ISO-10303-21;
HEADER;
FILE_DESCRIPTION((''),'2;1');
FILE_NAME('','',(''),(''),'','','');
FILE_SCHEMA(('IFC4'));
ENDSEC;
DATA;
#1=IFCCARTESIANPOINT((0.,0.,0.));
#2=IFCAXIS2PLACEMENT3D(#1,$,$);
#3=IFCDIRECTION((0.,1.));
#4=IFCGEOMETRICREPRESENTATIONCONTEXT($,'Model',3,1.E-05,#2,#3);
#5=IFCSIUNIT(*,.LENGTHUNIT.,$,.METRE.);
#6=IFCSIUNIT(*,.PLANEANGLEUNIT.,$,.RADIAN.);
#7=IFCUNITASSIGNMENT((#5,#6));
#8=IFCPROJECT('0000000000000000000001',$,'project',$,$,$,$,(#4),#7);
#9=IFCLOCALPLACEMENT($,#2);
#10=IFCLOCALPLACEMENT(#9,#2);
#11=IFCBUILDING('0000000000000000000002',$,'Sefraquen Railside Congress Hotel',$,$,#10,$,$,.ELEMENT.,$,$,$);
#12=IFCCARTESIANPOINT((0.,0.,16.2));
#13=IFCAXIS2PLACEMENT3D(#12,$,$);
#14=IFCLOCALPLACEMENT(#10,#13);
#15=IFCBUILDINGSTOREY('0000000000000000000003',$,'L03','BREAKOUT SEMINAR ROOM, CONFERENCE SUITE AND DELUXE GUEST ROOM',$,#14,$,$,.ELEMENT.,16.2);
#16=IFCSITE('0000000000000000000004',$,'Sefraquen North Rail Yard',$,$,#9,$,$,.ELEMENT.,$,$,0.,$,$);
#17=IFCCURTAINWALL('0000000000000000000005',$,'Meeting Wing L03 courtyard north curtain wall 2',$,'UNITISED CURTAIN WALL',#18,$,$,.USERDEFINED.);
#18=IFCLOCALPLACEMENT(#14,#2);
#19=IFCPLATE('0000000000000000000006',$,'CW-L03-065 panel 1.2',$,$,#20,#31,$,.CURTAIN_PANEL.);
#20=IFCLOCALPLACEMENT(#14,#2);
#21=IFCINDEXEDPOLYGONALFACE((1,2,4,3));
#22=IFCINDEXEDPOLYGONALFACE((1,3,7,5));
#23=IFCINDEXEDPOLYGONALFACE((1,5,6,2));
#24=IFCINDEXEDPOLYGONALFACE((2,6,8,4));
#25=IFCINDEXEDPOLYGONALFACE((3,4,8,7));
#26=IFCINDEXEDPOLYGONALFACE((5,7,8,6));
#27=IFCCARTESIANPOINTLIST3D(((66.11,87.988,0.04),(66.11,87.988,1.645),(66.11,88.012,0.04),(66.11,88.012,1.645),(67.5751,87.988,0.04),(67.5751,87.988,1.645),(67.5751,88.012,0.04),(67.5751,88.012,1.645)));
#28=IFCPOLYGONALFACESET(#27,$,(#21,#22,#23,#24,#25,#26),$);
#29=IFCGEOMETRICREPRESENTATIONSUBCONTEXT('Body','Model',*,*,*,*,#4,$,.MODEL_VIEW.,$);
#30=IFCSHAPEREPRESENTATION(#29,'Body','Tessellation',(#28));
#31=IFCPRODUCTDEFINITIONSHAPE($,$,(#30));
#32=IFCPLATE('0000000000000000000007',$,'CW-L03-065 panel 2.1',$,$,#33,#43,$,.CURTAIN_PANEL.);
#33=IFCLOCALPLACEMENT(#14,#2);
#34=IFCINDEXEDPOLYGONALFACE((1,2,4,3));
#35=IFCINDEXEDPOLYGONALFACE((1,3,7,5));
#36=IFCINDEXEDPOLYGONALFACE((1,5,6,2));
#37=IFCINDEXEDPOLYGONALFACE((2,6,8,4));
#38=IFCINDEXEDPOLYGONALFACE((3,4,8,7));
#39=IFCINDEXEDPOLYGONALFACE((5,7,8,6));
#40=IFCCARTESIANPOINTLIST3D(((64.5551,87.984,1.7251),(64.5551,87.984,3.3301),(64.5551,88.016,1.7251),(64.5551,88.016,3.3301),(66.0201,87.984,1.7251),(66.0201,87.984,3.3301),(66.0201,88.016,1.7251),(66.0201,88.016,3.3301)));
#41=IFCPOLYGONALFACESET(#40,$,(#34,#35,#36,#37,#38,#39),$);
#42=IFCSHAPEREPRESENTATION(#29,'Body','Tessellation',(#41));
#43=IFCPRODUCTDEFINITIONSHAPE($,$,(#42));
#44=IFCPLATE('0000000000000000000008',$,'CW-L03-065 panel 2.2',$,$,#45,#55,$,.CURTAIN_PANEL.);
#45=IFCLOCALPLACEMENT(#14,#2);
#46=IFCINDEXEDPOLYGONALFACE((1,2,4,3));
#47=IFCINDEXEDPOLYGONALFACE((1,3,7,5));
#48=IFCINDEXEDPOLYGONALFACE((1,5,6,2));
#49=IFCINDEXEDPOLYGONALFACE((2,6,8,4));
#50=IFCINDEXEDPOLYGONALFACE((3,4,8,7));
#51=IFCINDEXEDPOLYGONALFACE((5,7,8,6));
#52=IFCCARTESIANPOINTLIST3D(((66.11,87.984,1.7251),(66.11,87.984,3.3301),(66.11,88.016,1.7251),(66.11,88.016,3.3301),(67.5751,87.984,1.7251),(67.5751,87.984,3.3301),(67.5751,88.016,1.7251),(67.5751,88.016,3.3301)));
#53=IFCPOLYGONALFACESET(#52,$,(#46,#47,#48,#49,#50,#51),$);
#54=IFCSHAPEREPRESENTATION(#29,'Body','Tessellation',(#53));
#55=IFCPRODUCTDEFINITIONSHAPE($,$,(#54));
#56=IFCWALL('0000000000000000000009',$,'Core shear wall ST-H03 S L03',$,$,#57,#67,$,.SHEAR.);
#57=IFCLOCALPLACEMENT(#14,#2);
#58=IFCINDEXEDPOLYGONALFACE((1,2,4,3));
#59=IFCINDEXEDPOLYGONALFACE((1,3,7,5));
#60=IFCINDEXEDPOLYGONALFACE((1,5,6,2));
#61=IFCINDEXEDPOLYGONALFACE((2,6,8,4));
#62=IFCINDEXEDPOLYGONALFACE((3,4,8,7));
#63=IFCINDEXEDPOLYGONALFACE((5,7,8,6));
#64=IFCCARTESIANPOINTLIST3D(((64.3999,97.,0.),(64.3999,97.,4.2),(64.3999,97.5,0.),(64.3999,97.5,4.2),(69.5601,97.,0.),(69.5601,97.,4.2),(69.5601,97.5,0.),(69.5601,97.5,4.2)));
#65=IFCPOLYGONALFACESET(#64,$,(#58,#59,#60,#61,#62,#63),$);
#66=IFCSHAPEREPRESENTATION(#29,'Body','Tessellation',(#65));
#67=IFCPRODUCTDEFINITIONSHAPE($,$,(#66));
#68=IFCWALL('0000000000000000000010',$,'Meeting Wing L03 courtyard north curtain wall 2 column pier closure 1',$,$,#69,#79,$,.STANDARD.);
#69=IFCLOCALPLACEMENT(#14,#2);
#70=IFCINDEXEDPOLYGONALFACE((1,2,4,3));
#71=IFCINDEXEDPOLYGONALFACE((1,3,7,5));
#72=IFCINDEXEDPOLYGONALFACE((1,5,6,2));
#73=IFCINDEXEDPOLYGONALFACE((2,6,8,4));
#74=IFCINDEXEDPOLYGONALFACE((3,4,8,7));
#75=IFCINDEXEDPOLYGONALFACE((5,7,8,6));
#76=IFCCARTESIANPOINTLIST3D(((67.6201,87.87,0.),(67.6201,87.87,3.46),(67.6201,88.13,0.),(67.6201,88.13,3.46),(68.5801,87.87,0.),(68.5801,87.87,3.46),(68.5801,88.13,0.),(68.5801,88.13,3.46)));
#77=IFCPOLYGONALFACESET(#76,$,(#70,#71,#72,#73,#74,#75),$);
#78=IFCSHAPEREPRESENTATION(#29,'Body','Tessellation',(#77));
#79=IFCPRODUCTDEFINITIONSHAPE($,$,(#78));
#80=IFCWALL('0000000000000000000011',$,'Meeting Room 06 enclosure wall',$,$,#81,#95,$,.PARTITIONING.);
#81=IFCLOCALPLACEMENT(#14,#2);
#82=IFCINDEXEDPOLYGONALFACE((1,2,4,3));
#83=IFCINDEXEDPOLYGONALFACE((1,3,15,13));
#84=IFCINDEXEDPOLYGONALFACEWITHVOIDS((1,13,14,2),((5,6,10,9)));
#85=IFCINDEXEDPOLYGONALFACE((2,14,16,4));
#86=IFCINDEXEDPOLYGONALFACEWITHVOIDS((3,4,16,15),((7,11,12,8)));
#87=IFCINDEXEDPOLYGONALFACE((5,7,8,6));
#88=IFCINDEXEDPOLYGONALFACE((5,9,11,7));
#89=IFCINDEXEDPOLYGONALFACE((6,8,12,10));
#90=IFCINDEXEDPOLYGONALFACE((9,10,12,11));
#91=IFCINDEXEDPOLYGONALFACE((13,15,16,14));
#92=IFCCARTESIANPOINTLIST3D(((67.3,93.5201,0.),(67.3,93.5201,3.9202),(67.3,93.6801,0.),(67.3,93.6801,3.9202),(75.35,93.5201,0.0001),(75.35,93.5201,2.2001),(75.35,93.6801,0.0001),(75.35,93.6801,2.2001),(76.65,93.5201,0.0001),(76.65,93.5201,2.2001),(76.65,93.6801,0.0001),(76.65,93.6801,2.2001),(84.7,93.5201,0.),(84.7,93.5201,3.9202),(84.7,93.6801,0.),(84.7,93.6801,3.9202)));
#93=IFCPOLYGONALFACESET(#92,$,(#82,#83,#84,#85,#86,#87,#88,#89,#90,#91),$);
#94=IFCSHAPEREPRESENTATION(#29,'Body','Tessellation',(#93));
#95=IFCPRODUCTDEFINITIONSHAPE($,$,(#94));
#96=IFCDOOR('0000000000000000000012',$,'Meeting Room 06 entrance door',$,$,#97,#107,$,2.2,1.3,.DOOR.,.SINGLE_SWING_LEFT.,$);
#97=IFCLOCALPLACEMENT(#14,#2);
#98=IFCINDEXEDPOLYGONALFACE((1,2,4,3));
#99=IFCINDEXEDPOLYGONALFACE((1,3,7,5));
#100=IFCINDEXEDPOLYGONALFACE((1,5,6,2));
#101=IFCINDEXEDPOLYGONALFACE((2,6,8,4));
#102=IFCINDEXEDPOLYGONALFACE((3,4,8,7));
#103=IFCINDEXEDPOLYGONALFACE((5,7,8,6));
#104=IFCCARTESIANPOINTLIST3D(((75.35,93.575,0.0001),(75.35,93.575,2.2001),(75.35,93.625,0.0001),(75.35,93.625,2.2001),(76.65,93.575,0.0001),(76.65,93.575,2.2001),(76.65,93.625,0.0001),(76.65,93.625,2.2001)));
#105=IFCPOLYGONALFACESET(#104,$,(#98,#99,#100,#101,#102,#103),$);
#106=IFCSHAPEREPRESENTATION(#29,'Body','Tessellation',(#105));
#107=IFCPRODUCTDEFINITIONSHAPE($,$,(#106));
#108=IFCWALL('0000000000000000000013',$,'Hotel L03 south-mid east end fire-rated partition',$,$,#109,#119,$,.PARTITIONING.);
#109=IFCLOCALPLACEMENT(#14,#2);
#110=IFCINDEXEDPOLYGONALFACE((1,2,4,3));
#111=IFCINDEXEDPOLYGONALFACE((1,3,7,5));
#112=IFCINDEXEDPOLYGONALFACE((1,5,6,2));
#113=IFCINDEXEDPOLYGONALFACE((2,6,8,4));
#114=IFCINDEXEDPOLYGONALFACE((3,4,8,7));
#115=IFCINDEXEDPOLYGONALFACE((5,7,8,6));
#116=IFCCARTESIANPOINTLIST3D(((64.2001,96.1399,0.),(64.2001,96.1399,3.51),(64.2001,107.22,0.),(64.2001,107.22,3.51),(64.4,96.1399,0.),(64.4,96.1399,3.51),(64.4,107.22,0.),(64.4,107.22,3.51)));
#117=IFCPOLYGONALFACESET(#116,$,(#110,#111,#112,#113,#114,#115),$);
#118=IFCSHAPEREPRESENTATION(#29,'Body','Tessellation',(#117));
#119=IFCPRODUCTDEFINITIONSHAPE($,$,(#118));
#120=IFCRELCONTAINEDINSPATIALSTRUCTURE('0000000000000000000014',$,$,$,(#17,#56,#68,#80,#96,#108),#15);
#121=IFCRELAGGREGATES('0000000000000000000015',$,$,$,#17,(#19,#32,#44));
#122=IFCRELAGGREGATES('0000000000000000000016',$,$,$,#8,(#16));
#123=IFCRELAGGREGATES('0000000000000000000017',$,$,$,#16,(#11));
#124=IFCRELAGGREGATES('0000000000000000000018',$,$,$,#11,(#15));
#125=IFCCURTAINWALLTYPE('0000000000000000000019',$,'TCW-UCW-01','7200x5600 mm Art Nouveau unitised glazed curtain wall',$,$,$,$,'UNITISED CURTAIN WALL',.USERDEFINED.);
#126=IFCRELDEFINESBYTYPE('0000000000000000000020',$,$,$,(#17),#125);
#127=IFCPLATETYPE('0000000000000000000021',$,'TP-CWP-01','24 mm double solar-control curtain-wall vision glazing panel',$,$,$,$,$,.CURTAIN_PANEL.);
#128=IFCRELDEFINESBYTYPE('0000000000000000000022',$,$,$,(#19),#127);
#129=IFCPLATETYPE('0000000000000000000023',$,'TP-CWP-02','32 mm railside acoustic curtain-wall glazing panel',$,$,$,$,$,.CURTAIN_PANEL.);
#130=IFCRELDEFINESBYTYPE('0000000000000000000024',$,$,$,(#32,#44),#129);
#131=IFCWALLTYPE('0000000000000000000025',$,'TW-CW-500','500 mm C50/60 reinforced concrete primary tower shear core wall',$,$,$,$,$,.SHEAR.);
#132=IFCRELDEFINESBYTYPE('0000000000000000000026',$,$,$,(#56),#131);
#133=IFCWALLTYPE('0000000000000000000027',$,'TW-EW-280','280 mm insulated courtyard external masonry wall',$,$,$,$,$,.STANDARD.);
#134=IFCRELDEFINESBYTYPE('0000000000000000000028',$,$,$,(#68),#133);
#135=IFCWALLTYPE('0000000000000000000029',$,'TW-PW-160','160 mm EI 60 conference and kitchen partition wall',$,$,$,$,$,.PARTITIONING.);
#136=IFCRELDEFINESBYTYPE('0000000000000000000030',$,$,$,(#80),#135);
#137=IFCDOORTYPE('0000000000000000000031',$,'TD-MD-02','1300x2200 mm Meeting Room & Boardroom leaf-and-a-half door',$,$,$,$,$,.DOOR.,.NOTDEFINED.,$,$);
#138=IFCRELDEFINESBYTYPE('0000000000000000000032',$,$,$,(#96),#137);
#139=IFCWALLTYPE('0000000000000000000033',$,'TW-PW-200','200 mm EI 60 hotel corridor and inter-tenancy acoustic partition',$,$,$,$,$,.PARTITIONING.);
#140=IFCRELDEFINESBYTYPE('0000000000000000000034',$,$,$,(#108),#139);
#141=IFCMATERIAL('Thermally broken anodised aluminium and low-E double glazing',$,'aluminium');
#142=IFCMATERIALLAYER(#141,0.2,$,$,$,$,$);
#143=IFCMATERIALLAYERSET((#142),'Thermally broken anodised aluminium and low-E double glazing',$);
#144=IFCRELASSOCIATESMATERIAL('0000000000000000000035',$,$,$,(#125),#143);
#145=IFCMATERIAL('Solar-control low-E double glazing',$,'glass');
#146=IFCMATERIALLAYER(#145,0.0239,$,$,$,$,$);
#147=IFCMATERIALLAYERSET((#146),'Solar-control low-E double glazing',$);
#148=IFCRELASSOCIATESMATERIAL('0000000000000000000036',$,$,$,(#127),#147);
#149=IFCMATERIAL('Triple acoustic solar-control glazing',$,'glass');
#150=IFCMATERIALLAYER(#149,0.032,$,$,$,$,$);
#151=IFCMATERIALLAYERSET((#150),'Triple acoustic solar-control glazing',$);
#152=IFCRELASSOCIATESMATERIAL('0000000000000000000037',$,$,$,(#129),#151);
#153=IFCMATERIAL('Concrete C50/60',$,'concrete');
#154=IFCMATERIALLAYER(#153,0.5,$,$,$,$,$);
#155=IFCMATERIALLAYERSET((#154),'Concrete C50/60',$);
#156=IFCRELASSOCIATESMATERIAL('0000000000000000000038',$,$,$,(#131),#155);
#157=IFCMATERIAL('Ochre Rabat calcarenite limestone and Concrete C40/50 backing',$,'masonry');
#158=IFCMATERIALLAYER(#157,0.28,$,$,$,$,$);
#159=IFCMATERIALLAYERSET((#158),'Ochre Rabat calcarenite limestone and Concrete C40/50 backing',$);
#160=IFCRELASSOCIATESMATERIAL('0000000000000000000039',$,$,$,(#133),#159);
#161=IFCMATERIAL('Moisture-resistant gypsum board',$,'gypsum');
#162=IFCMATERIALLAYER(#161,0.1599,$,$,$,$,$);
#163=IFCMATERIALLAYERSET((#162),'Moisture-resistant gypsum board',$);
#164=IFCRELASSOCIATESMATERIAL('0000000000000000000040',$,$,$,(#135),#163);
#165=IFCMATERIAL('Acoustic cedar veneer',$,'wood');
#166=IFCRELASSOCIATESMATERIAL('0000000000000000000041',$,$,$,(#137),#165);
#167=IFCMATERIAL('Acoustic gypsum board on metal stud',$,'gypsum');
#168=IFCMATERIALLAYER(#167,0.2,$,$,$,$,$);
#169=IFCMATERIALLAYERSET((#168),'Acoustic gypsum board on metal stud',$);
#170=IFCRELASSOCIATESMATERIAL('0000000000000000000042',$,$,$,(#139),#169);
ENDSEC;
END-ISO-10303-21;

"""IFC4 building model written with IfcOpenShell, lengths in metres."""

from ifc_helpers import new_model, si_unit, direction, frame, frame_2d, origin, origin_2d, place, context, subcontext, project, spatial, rectangle, extrude, material, layer, layer_set, type_object, element, fill, aggregate, save


model = new_model("IFC4")

# Units and contexts
model_context = context("Model", 3, precision=1e-05, world=origin(), true_north=direction((0.0, 1.0)))
body_context = subcontext(model_context, "Body", "Model", "MODEL_VIEW")
ifc_project = project(units=[si_unit("LENGTHUNIT", "METRE"), si_unit("PLANEANGLEUNIT", "RADIAN")], contexts=[model_context])

# Site, building, storey
site_placement = place(None, origin())
site = spatial("IfcSite", under=ifc_project, at=site_placement, Name="Sefraquen North Rail Yard", CompositionType="ELEMENT", RefElevation=0.0)
building_placement = place(site_placement, origin())
building = spatial("IfcBuilding", under=site, at=building_placement, Name="Sefraquen Railside Congress Hotel", CompositionType="ELEMENT")
storey_placement = place(building_placement, frame((0.0, 0.0, 16.2)))
storey = spatial("IfcBuildingStorey", under=building, at=storey_placement, Name="L03", Description="BREAKOUT SEMINAR ROOM, CONFERENCE SUITE AND DELUXE GUEST ROOM", CompositionType="ELEMENT", Elevation=16.2)

# Shared definitions
ifc_material_1 = material(Name="Concrete C50/60", Category="concrete")

# Curtain wall
ifc_material_2 = material(Name="Thermally broken anodised aluminium and low-E double glazing", Category="aluminium")
ifc_layer_1 = layer(ifc_material_2, 0.2)
ifc_layer_set_1 = layer_set([ifc_layer_1], Name="Thermally broken anodised aluminium and low-E double glazing")
curtain_wall_type_1 = type_object("IfcCurtainWallType", Name="TCW-UCW-01", Description="7200x5600 mm Art Nouveau unitised glazed curtain wall", ElementType="UNITISED CURTAIN WALL", PredefinedType="USERDEFINED", material=ifc_layer_set_1)
curtain_wall_1_placement = place(storey_placement, origin())
curtain_wall_1 = element("IfcCurtainWall", 1, at=curtain_wall_1_placement, inside=storey, type_object=curtain_wall_type_1, Name="Meeting Wing L03 courtyard north curtain wall 2", ObjectType="UNITISED CURTAIN WALL", PredefinedType="USERDEFINED")

# Plates
ifc_material_3 = material(Name="Solar-control low-E double glazing", Category="glass")
ifc_layer_2 = layer(ifc_material_3, 0.0239)
ifc_layer_set_2 = layer_set([ifc_layer_2], Name="Solar-control low-E double glazing")
plate_type_1 = type_object("IfcPlateType", Name="TP-CWP-01", Description="24 mm double solar-control curtain-wall vision glazing panel", PredefinedType="CURTAIN_PANEL", material=ifc_layer_set_2)
plate_1_placement = place(storey_placement, frame((66.8425, 88.0, 0.04), z_axis=(0.0, 0.0, 1.0), x_axis=(1.0, 0.0, 0.0)))
plate_1 = element("IfcPlate", 2, at=plate_1_placement, type_object=plate_type_1, Name="CW-L03-065 panel 1.2", PredefinedType="CURTAIN_PANEL", context=body_context, shape_type="SweptSolid", body=[
    extrude(rectangle(XDim=1.4651, YDim=0.0239, at=origin_2d()), origin(), (0.0, 0.0, 1.0), 1.605),
])
ifc_material_4 = material(Name="Triple acoustic solar-control glazing", Category="glass")
ifc_layer_3 = layer(ifc_material_4, 0.032)
ifc_layer_set_3 = layer_set([ifc_layer_3], Name="Triple acoustic solar-control glazing")
plate_type_2 = type_object("IfcPlateType", Name="TP-CWP-02", Description="32 mm railside acoustic curtain-wall glazing panel", PredefinedType="CURTAIN_PANEL", material=ifc_layer_set_3)
plate_2_placement = place(storey_placement, frame((65.2876, 88.0, 1.7251), z_axis=(0.0, 0.0, 1.0), x_axis=(1.0, 0.0, 0.0)))
plate_2 = element("IfcPlate", 3, at=plate_2_placement, type_object=plate_type_2, Name="CW-L03-065 panel 2.1", PredefinedType="CURTAIN_PANEL", context=body_context, shape_type="SweptSolid", body=[
    extrude(rectangle(XDim=1.4651, YDim=0.032, at=origin_2d()), origin(), (0.0, 0.0, 1.0), 1.605),
])
plate_3_placement = place(storey_placement, frame((66.8425, 88.0, 1.7251), z_axis=(0.0, 0.0, 1.0), x_axis=(1.0, 0.0, 0.0)))
plate_3 = element("IfcPlate", 4, at=plate_3_placement, type_object=plate_type_2, Name="CW-L03-065 panel 2.2", PredefinedType="CURTAIN_PANEL", context=body_context, shape_type="SweptSolid", body=[
    extrude(rectangle(XDim=1.4651, YDim=0.032, at=origin_2d()), origin(), (0.0, 0.0, 1.0), 1.605),
])
aggregate(curtain_wall_1, [plate_1, plate_2, plate_3])

# Walls
ifc_layer_4 = layer(ifc_material_1, 0.5)
ifc_layer_set_4 = layer_set([ifc_layer_4], Name="Concrete C50/60")
wall_type_1 = type_object("IfcWallType", Name="TW-CW-500", Description="500 mm C50/60 reinforced concrete primary tower shear core wall", PredefinedType="SHEAR", material=ifc_layer_set_4)
wall_1_placement = place(storey_placement, frame((64.3999, 97.25, 0.0), z_axis=(0.0, 0.0, 1.0), x_axis=(1.0, 0.0, 0.0)))
element("IfcWall", 5, at=wall_1_placement, inside=storey, type_object=wall_type_1, Name="Core shear wall ST-H03 S L03", PredefinedType="SHEAR", context=body_context, shape_type="SweptSolid", body=[
    extrude(rectangle(XDim=5.1602, YDim=0.5, at=frame_2d((2.5801, 0.0))), origin(), (0.0, 0.0, 1.0), 4.2),
])
ifc_material_5 = material(Name="Ochre Rabat calcarenite limestone and Concrete C40/50 backing", Category="masonry")
ifc_layer_5 = layer(ifc_material_5, 0.28)
ifc_layer_set_5 = layer_set([ifc_layer_5], Name="Ochre Rabat calcarenite limestone and Concrete C40/50 backing")
wall_type_2 = type_object("IfcWallType", Name="TW-EW-280", Description="280 mm insulated courtyard external masonry wall", PredefinedType="STANDARD", material=ifc_layer_set_5)
wall_2_placement = place(storey_placement, frame((67.6201, 88.0, 0.0), z_axis=(0.0, 0.0, 1.0), x_axis=(1.0, 0.0, 0.0)))
element("IfcWall", 6, at=wall_2_placement, inside=storey, type_object=wall_type_2, Name="Meeting Wing L03 courtyard north curtain wall 2 column pier closure 1", PredefinedType="STANDARD", context=body_context, shape_type="SweptSolid", body=[
    extrude(rectangle(XDim=0.96, YDim=0.26, at=frame_2d((0.48, 0.0))), origin(), (0.0, 0.0, 1.0), 3.46),
])

# Wall, opening, door
ifc_material_6 = material(Name="Moisture-resistant gypsum board", Category="gypsum")
ifc_layer_6 = layer(ifc_material_6, 0.1599)
ifc_layer_set_6 = layer_set([ifc_layer_6], Name="Moisture-resistant gypsum board")
wall_type_3 = type_object("IfcWallType", Name="TW-PW-160", Description="160 mm EI 60 conference and kitchen partition wall", PredefinedType="PARTITIONING", material=ifc_layer_set_6)
wall_3_placement = place(storey_placement, frame((67.3, 93.6001, 0.0), z_axis=(0.0, 0.0, 1.0), x_axis=(1.0, 0.0, 0.0)))
wall_3 = element("IfcWall", 7, at=wall_3_placement, inside=storey, type_object=wall_type_3, Name="Meeting Room 06 enclosure wall", PredefinedType="PARTITIONING", context=body_context, shape_type="SweptSolid", body=[
    extrude(rectangle(XDim=17.3999, YDim=0.1599, at=frame_2d((8.7, 0.0))), origin(), (0.0, 0.0, 1.0), 3.9202),
])
opening_placement = place(wall_3_placement, frame((8.05, 0.0, 0.0)))
opening = element("IfcOpeningElement", 8, at=opening_placement, cuts=wall_3, PredefinedType="OPENING", context=body_context, shape_type="SweptSolid", body=[
    extrude(rectangle(XDim=1.3, YDim=2.2, at=frame_2d((0.6499, 1.1001))), frame((0.0, 0.0898, 0.0), z_axis=(0.0, -1.0, 0.0), x_axis=(1.0, 0.0, 0.0)), (0.0, 0.0, 1.0), 0.1799),
])
ifc_material_7 = material(Name="Acoustic cedar veneer", Category="wood")
door_type = type_object("IfcDoorType", Name="TD-MD-02", Description="1300x2200 mm Meeting Room & Boardroom leaf-and-a-half door", OperationType="NOTDEFINED", PredefinedType="DOOR", material=ifc_material_7)
door_placement = place(opening_placement, origin())
door = element("IfcDoor", 9, at=door_placement, inside=storey, type_object=door_type, Name="Meeting Room 06 entrance door", OperationType="SINGLE_SWING_LEFT", OverallHeight=2.2, OverallWidth=1.3, PredefinedType="DOOR", context=body_context, shape_type="SweptSolid", body=[
    extrude(rectangle(XDim=1.3, YDim=2.2, at=frame_2d((0.6499, 1.1001))), frame((0.0, 0.0249, 0.0), z_axis=(0.0, -1.0, 0.0), x_axis=(1.0, 0.0, 0.0)), (0.0, 0.0, 1.0), 0.05),
])
fill(opening, door)

# Wall
ifc_material_8 = material(Name="Acoustic gypsum board on metal stud", Category="gypsum")
ifc_layer_7 = layer(ifc_material_8, 0.2)
ifc_layer_set_7 = layer_set([ifc_layer_7], Name="Acoustic gypsum board on metal stud")
wall_type_4 = type_object("IfcWallType", Name="TW-PW-200", Description="200 mm EI 60 hotel corridor and inter-tenancy acoustic partition", PredefinedType="PARTITIONING", material=ifc_layer_set_7)
wall_4_placement = place(storey_placement, frame((64.3, 96.1399, 0.0), z_axis=(0.0, 0.0, 1.0), x_axis=(0.0, 1.0, 0.0)))
element("IfcWall", 10, at=wall_4_placement, inside=storey, type_object=wall_type_4, Name="Hotel L03 south-mid east end fire-rated partition", PredefinedType="PARTITIONING", context=body_context, shape_type="SweptSolid", body=[
    extrude(rectangle(XDim=11.0801, YDim=0.2, at=frame_2d((5.54, 0.0))), origin(), (0.0, 0.0, 1.0), 3.51),
])

save(model, "model.ifc")
